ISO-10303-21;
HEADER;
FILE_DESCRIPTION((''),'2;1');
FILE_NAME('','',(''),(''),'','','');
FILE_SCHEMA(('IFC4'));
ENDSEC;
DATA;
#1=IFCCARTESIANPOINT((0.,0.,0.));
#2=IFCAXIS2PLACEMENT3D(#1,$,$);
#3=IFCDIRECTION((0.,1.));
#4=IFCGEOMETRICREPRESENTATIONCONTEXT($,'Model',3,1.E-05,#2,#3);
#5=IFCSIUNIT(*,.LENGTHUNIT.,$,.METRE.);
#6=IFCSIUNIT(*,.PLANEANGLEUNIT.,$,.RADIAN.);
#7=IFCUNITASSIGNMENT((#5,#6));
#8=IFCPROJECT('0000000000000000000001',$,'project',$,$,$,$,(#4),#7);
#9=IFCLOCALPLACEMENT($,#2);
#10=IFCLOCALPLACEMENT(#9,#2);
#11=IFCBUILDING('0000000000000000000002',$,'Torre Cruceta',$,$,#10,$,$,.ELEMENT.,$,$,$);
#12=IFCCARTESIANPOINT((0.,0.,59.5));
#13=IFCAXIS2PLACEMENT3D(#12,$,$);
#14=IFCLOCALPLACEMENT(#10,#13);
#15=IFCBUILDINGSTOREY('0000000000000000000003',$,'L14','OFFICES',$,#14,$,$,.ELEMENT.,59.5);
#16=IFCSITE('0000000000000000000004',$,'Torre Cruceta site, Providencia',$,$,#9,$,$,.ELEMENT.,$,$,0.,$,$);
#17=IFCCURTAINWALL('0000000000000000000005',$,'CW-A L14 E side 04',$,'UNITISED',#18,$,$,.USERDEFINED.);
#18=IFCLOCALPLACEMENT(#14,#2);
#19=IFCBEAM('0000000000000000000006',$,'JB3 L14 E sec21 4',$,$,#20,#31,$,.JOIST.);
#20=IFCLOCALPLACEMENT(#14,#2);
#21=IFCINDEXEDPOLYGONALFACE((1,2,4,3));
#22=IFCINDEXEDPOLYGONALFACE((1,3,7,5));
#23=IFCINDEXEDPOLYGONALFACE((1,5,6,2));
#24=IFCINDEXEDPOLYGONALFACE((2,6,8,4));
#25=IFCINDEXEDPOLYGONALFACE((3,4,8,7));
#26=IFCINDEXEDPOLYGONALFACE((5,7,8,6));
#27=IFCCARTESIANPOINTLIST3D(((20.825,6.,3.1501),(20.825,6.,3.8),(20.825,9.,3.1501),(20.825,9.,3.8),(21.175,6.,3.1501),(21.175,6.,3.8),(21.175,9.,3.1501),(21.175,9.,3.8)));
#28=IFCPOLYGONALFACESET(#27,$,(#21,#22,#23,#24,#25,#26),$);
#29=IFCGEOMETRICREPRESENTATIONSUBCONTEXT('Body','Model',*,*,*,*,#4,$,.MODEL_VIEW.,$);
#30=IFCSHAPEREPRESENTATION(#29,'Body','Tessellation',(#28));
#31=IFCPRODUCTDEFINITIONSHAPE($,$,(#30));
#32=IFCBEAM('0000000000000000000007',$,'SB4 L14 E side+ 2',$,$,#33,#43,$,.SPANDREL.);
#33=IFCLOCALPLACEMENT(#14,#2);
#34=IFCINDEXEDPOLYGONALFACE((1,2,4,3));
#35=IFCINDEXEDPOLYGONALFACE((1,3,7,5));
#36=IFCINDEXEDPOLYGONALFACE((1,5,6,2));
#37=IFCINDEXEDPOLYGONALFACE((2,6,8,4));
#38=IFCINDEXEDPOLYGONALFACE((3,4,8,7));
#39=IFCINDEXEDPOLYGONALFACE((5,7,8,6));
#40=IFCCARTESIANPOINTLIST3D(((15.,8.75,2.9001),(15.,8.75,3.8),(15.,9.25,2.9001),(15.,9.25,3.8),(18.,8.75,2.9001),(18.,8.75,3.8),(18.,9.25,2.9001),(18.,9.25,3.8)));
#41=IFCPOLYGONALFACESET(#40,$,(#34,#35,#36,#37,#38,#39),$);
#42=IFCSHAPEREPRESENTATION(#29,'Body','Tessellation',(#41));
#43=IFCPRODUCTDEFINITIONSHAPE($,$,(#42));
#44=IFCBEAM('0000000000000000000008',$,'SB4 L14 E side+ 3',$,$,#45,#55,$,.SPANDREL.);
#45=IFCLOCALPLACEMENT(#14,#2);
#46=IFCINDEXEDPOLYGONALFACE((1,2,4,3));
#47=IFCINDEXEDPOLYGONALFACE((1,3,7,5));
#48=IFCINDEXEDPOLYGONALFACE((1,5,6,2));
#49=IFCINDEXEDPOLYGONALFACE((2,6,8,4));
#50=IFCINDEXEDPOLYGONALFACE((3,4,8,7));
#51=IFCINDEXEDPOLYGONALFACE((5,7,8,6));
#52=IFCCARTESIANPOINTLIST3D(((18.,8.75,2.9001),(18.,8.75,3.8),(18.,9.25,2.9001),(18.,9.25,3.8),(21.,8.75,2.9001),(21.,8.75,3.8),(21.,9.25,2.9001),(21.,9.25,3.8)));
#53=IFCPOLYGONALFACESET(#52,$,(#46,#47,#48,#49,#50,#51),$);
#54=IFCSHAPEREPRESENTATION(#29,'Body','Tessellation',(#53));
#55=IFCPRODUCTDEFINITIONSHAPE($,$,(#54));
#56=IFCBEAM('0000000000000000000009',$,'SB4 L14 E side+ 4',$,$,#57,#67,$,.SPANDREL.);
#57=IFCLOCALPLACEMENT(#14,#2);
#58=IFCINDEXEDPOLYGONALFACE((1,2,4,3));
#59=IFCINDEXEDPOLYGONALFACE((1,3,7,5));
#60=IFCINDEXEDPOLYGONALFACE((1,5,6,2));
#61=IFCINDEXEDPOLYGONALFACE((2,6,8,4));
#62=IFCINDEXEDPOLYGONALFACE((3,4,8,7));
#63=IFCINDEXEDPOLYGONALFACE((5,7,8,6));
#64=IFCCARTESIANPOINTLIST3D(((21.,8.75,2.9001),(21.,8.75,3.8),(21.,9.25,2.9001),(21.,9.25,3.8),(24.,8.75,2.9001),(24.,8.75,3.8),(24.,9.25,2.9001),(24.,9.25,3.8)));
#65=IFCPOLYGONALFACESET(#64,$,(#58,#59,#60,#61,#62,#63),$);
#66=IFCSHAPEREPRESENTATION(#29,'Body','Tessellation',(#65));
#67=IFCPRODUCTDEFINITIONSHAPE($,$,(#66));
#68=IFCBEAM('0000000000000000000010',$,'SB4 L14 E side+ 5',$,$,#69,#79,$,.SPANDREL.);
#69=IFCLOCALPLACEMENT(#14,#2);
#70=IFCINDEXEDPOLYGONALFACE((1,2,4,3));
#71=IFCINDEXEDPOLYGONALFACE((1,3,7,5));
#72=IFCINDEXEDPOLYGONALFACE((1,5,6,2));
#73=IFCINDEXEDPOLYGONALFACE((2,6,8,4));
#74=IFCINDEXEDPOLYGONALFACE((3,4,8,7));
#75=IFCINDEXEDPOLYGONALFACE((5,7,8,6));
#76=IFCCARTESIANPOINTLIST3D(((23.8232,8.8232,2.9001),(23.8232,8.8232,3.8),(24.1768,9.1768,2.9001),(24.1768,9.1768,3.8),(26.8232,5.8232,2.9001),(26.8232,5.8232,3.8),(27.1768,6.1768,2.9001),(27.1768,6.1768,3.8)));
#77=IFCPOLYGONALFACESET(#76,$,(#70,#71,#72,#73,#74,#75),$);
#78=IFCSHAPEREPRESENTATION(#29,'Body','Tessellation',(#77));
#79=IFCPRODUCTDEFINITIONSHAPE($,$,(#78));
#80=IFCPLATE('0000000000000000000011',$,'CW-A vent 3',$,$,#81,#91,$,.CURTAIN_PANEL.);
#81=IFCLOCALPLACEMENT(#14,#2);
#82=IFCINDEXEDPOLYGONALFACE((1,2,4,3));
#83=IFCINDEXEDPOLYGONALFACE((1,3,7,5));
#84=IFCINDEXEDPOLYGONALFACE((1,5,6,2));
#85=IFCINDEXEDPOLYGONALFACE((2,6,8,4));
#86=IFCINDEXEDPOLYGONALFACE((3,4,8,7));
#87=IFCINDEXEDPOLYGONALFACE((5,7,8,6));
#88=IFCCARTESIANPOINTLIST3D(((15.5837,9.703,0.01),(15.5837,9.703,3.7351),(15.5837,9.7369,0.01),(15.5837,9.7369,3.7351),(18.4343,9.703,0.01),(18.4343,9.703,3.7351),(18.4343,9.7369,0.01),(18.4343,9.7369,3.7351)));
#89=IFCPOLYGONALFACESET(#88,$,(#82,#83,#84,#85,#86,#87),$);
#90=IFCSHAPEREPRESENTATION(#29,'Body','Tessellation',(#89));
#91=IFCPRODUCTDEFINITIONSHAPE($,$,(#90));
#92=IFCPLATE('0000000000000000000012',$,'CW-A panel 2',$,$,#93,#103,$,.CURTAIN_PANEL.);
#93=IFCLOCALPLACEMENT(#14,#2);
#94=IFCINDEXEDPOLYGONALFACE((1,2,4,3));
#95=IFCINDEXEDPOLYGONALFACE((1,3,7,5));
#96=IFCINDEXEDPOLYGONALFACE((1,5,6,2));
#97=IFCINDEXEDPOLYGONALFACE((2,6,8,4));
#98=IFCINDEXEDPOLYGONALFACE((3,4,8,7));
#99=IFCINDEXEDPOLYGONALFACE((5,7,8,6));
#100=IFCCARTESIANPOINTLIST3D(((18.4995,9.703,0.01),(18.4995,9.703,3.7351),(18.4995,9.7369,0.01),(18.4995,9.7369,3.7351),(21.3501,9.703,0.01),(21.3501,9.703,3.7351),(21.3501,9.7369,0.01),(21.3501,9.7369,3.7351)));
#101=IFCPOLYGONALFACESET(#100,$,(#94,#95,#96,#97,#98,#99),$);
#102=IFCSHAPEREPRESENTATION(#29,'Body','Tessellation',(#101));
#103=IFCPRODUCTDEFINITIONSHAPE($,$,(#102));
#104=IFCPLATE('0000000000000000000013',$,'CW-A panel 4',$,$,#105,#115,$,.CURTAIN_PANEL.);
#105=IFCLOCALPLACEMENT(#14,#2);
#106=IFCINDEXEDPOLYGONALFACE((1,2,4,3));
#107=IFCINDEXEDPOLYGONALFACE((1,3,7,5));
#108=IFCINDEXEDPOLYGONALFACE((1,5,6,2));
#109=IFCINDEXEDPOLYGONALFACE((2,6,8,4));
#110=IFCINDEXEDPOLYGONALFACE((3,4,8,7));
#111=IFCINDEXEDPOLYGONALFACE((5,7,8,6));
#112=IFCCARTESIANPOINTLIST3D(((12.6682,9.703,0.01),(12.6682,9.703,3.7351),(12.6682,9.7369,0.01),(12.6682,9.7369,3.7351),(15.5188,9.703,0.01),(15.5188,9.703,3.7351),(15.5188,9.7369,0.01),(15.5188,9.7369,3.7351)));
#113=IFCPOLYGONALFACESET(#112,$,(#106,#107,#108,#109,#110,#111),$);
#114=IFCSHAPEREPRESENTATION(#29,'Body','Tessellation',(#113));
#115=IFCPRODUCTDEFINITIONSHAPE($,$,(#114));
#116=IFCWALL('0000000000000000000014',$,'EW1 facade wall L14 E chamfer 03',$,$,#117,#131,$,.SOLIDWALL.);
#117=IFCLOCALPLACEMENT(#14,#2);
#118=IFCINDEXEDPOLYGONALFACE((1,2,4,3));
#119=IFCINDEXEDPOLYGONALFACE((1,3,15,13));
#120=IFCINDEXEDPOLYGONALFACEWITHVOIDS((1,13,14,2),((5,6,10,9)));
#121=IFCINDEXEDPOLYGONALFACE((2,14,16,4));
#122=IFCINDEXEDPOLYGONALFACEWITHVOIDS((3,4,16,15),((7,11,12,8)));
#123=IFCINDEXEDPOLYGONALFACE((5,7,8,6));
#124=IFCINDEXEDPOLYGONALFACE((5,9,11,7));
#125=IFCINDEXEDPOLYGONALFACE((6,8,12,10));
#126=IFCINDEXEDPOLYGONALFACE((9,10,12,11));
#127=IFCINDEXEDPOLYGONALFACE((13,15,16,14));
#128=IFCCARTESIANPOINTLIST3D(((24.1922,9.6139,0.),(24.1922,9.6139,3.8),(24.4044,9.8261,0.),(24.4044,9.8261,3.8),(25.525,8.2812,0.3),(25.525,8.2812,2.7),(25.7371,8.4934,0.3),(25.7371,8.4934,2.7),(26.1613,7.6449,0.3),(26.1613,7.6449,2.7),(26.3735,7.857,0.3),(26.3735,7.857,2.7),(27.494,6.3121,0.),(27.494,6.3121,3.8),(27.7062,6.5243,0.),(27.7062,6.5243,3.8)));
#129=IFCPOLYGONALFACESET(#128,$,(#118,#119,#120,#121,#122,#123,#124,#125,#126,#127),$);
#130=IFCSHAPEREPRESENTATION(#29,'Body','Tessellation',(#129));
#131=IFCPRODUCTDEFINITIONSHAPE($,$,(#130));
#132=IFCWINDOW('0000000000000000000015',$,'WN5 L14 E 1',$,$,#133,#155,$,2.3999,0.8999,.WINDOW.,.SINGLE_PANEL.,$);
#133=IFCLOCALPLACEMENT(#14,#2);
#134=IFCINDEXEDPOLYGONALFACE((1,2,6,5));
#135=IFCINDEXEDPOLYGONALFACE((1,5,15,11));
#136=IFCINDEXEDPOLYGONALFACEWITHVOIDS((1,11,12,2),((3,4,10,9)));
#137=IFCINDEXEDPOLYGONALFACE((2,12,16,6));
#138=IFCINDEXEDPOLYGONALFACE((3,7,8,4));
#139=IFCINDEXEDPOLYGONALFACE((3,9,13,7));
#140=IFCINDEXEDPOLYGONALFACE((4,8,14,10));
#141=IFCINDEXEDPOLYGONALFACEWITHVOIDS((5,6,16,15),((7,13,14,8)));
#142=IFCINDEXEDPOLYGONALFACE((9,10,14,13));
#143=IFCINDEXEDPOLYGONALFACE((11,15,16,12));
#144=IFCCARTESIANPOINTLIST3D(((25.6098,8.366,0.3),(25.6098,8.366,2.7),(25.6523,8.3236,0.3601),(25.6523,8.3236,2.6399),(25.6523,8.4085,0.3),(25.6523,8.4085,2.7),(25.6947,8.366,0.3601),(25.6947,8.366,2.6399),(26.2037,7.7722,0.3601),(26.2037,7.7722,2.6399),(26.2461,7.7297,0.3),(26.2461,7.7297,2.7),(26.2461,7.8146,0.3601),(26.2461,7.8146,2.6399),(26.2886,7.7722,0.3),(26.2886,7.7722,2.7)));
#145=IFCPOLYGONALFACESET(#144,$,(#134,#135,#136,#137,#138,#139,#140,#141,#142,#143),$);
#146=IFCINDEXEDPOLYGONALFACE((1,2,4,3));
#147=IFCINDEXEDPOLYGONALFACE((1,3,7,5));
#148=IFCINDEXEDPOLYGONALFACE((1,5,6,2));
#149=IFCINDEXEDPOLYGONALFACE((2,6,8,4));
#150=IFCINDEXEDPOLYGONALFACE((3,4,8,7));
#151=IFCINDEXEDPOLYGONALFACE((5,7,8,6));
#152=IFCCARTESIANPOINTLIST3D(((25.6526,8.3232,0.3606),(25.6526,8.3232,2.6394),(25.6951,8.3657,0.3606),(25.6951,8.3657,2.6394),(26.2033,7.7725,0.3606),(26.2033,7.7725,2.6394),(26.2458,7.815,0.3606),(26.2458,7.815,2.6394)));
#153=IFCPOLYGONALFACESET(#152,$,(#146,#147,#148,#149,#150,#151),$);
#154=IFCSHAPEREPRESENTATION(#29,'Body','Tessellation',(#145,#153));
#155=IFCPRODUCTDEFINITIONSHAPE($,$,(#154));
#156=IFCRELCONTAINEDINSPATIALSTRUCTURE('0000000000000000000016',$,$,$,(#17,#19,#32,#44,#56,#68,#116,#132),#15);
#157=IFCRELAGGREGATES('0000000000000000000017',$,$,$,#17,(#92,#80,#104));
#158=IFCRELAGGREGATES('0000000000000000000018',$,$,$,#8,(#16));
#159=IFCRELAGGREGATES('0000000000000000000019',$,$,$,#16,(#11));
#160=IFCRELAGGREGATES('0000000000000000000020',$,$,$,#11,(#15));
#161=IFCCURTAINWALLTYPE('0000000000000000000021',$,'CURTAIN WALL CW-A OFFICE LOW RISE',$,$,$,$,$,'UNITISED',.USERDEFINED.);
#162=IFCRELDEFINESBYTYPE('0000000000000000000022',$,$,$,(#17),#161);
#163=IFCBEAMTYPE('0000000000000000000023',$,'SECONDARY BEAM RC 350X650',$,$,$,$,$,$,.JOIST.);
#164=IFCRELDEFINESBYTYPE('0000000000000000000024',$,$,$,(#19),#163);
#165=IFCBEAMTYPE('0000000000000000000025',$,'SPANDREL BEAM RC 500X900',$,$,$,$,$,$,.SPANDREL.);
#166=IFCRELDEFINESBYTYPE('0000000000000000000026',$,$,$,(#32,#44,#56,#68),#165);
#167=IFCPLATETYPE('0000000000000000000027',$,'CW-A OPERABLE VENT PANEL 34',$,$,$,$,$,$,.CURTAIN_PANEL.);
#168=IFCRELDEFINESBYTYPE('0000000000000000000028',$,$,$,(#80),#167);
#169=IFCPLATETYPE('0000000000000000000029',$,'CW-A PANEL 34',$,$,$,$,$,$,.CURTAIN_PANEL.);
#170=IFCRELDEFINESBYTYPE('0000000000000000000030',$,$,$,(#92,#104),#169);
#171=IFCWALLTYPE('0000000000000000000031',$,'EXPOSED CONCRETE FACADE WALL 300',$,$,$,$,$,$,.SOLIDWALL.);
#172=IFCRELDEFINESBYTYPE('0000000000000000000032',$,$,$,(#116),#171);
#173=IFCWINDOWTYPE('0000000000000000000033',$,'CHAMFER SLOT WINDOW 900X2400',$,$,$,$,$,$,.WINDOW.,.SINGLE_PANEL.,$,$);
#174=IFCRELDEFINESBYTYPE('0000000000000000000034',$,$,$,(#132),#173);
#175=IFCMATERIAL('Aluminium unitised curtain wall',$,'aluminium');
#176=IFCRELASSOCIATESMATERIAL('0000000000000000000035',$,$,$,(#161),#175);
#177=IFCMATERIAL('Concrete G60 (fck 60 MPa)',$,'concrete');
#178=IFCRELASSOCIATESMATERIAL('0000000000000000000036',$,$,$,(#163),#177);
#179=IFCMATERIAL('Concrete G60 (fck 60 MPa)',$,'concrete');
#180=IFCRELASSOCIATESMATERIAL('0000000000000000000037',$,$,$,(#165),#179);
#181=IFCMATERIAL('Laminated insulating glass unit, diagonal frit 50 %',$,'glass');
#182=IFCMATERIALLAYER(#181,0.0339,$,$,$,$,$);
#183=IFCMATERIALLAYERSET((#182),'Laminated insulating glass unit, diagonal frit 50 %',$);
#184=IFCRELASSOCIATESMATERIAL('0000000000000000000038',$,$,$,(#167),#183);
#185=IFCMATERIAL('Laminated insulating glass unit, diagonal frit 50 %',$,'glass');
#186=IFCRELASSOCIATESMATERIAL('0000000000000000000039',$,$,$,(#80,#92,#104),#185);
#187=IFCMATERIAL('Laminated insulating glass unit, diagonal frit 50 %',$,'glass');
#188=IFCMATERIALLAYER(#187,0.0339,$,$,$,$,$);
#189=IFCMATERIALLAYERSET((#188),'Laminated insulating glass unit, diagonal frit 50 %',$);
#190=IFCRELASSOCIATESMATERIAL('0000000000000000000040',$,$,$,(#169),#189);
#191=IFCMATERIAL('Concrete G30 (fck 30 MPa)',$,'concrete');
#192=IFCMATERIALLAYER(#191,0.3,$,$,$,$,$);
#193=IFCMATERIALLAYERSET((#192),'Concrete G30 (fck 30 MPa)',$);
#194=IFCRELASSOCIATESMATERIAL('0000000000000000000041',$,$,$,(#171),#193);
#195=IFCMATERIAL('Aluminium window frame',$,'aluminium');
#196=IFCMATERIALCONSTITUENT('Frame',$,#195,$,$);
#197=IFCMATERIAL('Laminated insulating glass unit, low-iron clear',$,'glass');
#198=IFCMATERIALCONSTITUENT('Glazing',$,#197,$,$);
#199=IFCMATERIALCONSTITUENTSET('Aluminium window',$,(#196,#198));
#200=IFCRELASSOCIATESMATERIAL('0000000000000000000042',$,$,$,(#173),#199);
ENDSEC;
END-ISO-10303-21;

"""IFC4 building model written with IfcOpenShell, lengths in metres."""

from ifc_helpers import new_model, si_unit, direction, frame, frame_2d, origin, origin_2d, place, context, subcontext, project, spatial, rectangle, hollow_rectangle, extrude, material, layer, layer_set, constituent, constituent_set, material_profile, profile_set, type_object, element, fill, aggregate, save


model = new_model("IFC4")

# Units and contexts
model_context = context("Model", 3, precision=1e-05, world=origin(), true_north=direction((0.0, 1.0)))
body_context = subcontext(model_context, "Body", "Model", "MODEL_VIEW")
ifc_project = project(units=[si_unit("LENGTHUNIT", "METRE"), si_unit("PLANEANGLEUNIT", "RADIAN")], contexts=[model_context])

# Site, building, storey
site_placement = place(None, origin())
site = spatial("IfcSite", under=ifc_project, at=site_placement, Name="Torre Cruceta site, Providencia", CompositionType="ELEMENT", RefElevation=0.0)
building_placement = place(site_placement, origin())
building = spatial("IfcBuilding", under=site, at=building_placement, Name="Torre Cruceta", CompositionType="ELEMENT")
storey_placement = place(building_placement, frame((0.0, 0.0, 59.5)))
storey = spatial("IfcBuildingStorey", under=building, at=storey_placement, Name="L14", Description="OFFICES", CompositionType="ELEMENT", Elevation=59.5)

# Curtain wall
ifc_material_1 = material(Name="Aluminium unitised curtain wall", Category="aluminium")
curtain_wall_type = type_object("IfcCurtainWallType", Name="CURTAIN WALL CW-A OFFICE LOW RISE", ElementType="UNITISED", PredefinedType="USERDEFINED", material=ifc_material_1)
curtain_wall_placement = place(storey_placement, origin())
curtain_wall = element("IfcCurtainWall", 1, at=curtain_wall_placement, inside=storey, type_object=curtain_wall_type, Name="CW-A L14 E side 04", ObjectType="UNITISED", PredefinedType="USERDEFINED")

# Beams
ifc_material_2 = material(Name="Concrete G60 (fck 60 MPa)", Category="concrete")
ifc_material_profile_1 = material_profile(ifc_material_2, rectangle(XDim=0.3501, YDim=0.6499, at=origin_2d()), Name="RC 350X650")
ifc_profile_set_1 = profile_set([ifc_material_profile_1], Name="Concrete G60 (fck 60 MPa)")
beam_type_1 = type_object("IfcBeamType", Name="SECONDARY BEAM RC 350X650", PredefinedType="JOIST", material=ifc_profile_set_1)
beam_1_placement = place(storey_placement, frame((21.0, 6.0, 3.4751), z_axis=(0.0, 1.0, 0.0), x_axis=(-1.0, 0.0, 0.0)))
element("IfcBeam", 2, at=beam_1_placement, inside=storey, type_object=beam_type_1, Name="JB3 L14 E sec21 4", PredefinedType="JOIST", context=body_context, shape_type="SweptSolid", body=[
    extrude(rectangle(XDim=0.3501, YDim=0.6499, at=origin_2d()), origin(), (0.0, 0.0, 1.0), 3.0),
])
ifc_material_3 = material(Name="Concrete G60 (fck 60 MPa)", Category="concrete")
ifc_material_profile_2 = material_profile(ifc_material_3, rectangle(XDim=0.5, YDim=0.8999, at=origin_2d()), Name="RC 500X900")
ifc_profile_set_2 = profile_set([ifc_material_profile_2], Name="Concrete G60 (fck 60 MPa)")
beam_type_2 = type_object("IfcBeamType", Name="SPANDREL BEAM RC 500X900", PredefinedType="SPANDREL", material=ifc_profile_set_2)
for number, where, z_axis, x_axis, name in (
    (3, (15.0, 9.0, 3.3501), (1.0, 0.0, 0.0), (0.0, 1.0, 0.0), "SB4 L14 E side+ 2"),
    (4, (18.0, 9.0, 3.3501), (1.0, 0.0, 0.0), (0.0, 1.0, 0.0), "SB4 L14 E side+ 3"),
    (5, (21.0, 9.0, 3.3501), (1.0, 0.0, 0.0), (0.0, 1.0, 0.0), "SB4 L14 E side+ 4"),
):
    element("IfcBeam", number, at=place(storey_placement, frame(where, z_axis=z_axis, x_axis=x_axis)), inside=storey, type_object=beam_type_2, Name=name, PredefinedType="SPANDREL", context=body_context, shape_type="SweptSolid", body=[
        extrude(rectangle(XDim=0.5, YDim=0.8999, at=origin_2d()), origin(), (0.0, 0.0, 1.0), 3.0),
    ])
beam_2_placement = place(storey_placement, frame((24.0, 9.0, 3.3501), z_axis=(0.707107, -0.707107, 0.0), x_axis=(0.707107, 0.707107, 0.0)))
element("IfcBeam", 6, at=beam_2_placement, inside=storey, type_object=beam_type_2, Name="SB4 L14 E side+ 5", PredefinedType="SPANDREL", context=body_context, shape_type="SweptSolid", body=[
    extrude(rectangle(XDim=0.5, YDim=0.8999, at=origin_2d()), origin(), (0.0, 0.0, 1.0), 4.2427),
])

# Plates
ifc_material_4 = material(Name="Laminated insulating glass unit, diagonal frit 50 %", Category="glass")
ifc_material_5 = material(Name="Laminated insulating glass unit, diagonal frit 50 %", Category="glass")
ifc_layer_1 = layer(ifc_material_5, 0.0339)
ifc_layer_set_1 = layer_set([ifc_layer_1], Name="Laminated insulating glass unit, diagonal frit 50 %")
plate_type_1 = type_object("IfcPlateType", Name="CW-A OPERABLE VENT PANEL 34", PredefinedType="CURTAIN_PANEL", material=ifc_layer_set_1)
plate_1_placement = place(storey_placement, frame((17.009, 9.72, 0.01), z_axis=(0.0, 0.0, 1.0), x_axis=(-1.0, 0.0, 0.0)))
plate_1 = element("IfcPlate", 7, at=plate_1_placement, type_object=plate_type_1, material=ifc_material_4, Name="CW-A vent 3", PredefinedType="CURTAIN_PANEL", context=body_context, shape_type="SweptSolid", body=[
    extrude(rectangle(XDim=2.8506, YDim=0.0339, at=origin_2d()), origin(), (0.0, 0.0, 1.0), 3.7251),
])
ifc_material_6 = material(Name="Laminated insulating glass unit, diagonal frit 50 %", Category="glass")
ifc_layer_2 = layer(ifc_material_6, 0.0339)
ifc_layer_set_2 = layer_set([ifc_layer_2], Name="Laminated insulating glass unit, diagonal frit 50 %")
plate_type_2 = type_object("IfcPlateType", Name="CW-A PANEL 34", PredefinedType="CURTAIN_PANEL", material=ifc_layer_set_2)
plate_2_placement = place(storey_placement, frame((19.9248, 9.72, 0.01), z_axis=(0.0, 0.0, 1.0), x_axis=(-1.0, 0.0, 0.0)))
plate_2 = element("IfcPlate", 8, at=plate_2_placement, type_object=plate_type_2, material=ifc_material_4, Name="CW-A panel 2", PredefinedType="CURTAIN_PANEL", context=body_context, shape_type="SweptSolid", body=[
    extrude(rectangle(XDim=2.8506, YDim=0.0339, at=origin_2d()), origin(), (0.0, 0.0, 1.0), 3.7251),
])
plate_3_placement = place(storey_placement, frame((14.0935, 9.72, 0.01), z_axis=(0.0, 0.0, 1.0), x_axis=(-1.0, 0.0, 0.0)))
plate_3 = element("IfcPlate", 9, at=plate_3_placement, type_object=plate_type_2, material=ifc_material_4, Name="CW-A panel 4", PredefinedType="CURTAIN_PANEL", context=body_context, shape_type="SweptSolid", body=[
    extrude(rectangle(XDim=2.8506, YDim=0.0339, at=origin_2d()), origin(), (0.0, 0.0, 1.0), 3.7251),
])
aggregate(curtain_wall, [plate_2, plate_1, plate_3])

# Wall, opening, window
ifc_material_7 = material(Name="Concrete G30 (fck 30 MPa)", Category="concrete")
ifc_layer_3 = layer(ifc_material_7, 0.3)
ifc_layer_set_3 = layer_set([ifc_layer_3], Name="Concrete G30 (fck 30 MPa)")
wall_type_1 = type_object("IfcWallType", Name="EXPOSED CONCRETE FACADE WALL 300", PredefinedType="SOLIDWALL", material=ifc_layer_set_3)
wall_1_placement = place(storey_placement, frame((27.6001, 6.4182, 0.0), z_axis=(0.0, 0.0, 1.0), x_axis=(-0.707107, 0.707107, 0.0)))
wall_1 = element("IfcWall", 10, at=wall_1_placement, inside=storey, type_object=wall_type_1, Name="EW1 facade wall L14 E chamfer 03", PredefinedType="SOLIDWALL", context=body_context, shape_type="SweptSolid", body=[
    extrude(rectangle(XDim=4.6694, YDim=0.3, at=frame_2d((2.3347, 0.0))), origin(), (0.0, 0.0, 1.0), 3.8),
])
opening_1_placement = place(wall_1_placement, frame((1.8848, 0.0, 0.3)))
opening_1 = element("IfcOpeningElement", 11, at=opening_1_placement, cuts=wall_1, PredefinedType="OPENING", context=body_context, shape_type="SweptSolid", body=[
    extrude(rectangle(XDim=0.8999, YDim=2.3999, at=frame_2d((0.45, 1.2))), frame((0.0, 0.1599, 0.0), z_axis=(0.0, -1.0, 0.0), x_axis=(1.0, 0.0, 0.0)), (0.0, 0.0, 1.0), 0.3201),
])
ifc_material_8 = material(Name="Aluminium window frame", Category="aluminium")
ifc_constituent_1 = constituent(ifc_material_8, Name="Frame")
ifc_material_9 = material(Name="Laminated insulating glass unit, low-iron clear", Category="glass")
ifc_constituent_2 = constituent(ifc_material_9, Name="Glazing")
ifc_constituent_set_1 = constituent_set(constituents=[ifc_constituent_1, ifc_constituent_2], Name="Aluminium window")
window_type = type_object("IfcWindowType", Name="CHAMFER SLOT WINDOW 900X2400", PartitioningType="SINGLE_PANEL", PredefinedType="WINDOW", material=ifc_constituent_set_1)
window_placement = place(opening_1_placement, origin())
window = element("IfcWindow", 12, at=window_placement, inside=storey, type_object=window_type, Name="WN5 L14 E 1", OverallHeight=2.3999, OverallWidth=0.8999, PartitioningType="SINGLE_PANEL", PredefinedType="WINDOW", context=body_context, shape_type="SweptSolid", body=[
    extrude(hollow_rectangle(XDim=0.8999, YDim=2.3999, WallThickness=0.0601, at=frame_2d((0.45, 1.2))), frame((0.0, 0.03, 0.0), z_axis=(0.0, -1.0, 0.0), x_axis=(1.0, 0.0, 0.0)), (0.0, 0.0, 1.0), 0.0601),
    extrude(rectangle(XDim=0.7788, YDim=2.2788, at=frame_2d((0.45, 1.2))), frame((0.0, 0.03, 0.0), z_axis=(0.0, -1.0, 0.0), x_axis=(1.0, 0.0, 0.0)), (0.0, 0.0, 1.0), 0.0601),
])
fill(opening_1, window)

save(model, "model.ifc")
